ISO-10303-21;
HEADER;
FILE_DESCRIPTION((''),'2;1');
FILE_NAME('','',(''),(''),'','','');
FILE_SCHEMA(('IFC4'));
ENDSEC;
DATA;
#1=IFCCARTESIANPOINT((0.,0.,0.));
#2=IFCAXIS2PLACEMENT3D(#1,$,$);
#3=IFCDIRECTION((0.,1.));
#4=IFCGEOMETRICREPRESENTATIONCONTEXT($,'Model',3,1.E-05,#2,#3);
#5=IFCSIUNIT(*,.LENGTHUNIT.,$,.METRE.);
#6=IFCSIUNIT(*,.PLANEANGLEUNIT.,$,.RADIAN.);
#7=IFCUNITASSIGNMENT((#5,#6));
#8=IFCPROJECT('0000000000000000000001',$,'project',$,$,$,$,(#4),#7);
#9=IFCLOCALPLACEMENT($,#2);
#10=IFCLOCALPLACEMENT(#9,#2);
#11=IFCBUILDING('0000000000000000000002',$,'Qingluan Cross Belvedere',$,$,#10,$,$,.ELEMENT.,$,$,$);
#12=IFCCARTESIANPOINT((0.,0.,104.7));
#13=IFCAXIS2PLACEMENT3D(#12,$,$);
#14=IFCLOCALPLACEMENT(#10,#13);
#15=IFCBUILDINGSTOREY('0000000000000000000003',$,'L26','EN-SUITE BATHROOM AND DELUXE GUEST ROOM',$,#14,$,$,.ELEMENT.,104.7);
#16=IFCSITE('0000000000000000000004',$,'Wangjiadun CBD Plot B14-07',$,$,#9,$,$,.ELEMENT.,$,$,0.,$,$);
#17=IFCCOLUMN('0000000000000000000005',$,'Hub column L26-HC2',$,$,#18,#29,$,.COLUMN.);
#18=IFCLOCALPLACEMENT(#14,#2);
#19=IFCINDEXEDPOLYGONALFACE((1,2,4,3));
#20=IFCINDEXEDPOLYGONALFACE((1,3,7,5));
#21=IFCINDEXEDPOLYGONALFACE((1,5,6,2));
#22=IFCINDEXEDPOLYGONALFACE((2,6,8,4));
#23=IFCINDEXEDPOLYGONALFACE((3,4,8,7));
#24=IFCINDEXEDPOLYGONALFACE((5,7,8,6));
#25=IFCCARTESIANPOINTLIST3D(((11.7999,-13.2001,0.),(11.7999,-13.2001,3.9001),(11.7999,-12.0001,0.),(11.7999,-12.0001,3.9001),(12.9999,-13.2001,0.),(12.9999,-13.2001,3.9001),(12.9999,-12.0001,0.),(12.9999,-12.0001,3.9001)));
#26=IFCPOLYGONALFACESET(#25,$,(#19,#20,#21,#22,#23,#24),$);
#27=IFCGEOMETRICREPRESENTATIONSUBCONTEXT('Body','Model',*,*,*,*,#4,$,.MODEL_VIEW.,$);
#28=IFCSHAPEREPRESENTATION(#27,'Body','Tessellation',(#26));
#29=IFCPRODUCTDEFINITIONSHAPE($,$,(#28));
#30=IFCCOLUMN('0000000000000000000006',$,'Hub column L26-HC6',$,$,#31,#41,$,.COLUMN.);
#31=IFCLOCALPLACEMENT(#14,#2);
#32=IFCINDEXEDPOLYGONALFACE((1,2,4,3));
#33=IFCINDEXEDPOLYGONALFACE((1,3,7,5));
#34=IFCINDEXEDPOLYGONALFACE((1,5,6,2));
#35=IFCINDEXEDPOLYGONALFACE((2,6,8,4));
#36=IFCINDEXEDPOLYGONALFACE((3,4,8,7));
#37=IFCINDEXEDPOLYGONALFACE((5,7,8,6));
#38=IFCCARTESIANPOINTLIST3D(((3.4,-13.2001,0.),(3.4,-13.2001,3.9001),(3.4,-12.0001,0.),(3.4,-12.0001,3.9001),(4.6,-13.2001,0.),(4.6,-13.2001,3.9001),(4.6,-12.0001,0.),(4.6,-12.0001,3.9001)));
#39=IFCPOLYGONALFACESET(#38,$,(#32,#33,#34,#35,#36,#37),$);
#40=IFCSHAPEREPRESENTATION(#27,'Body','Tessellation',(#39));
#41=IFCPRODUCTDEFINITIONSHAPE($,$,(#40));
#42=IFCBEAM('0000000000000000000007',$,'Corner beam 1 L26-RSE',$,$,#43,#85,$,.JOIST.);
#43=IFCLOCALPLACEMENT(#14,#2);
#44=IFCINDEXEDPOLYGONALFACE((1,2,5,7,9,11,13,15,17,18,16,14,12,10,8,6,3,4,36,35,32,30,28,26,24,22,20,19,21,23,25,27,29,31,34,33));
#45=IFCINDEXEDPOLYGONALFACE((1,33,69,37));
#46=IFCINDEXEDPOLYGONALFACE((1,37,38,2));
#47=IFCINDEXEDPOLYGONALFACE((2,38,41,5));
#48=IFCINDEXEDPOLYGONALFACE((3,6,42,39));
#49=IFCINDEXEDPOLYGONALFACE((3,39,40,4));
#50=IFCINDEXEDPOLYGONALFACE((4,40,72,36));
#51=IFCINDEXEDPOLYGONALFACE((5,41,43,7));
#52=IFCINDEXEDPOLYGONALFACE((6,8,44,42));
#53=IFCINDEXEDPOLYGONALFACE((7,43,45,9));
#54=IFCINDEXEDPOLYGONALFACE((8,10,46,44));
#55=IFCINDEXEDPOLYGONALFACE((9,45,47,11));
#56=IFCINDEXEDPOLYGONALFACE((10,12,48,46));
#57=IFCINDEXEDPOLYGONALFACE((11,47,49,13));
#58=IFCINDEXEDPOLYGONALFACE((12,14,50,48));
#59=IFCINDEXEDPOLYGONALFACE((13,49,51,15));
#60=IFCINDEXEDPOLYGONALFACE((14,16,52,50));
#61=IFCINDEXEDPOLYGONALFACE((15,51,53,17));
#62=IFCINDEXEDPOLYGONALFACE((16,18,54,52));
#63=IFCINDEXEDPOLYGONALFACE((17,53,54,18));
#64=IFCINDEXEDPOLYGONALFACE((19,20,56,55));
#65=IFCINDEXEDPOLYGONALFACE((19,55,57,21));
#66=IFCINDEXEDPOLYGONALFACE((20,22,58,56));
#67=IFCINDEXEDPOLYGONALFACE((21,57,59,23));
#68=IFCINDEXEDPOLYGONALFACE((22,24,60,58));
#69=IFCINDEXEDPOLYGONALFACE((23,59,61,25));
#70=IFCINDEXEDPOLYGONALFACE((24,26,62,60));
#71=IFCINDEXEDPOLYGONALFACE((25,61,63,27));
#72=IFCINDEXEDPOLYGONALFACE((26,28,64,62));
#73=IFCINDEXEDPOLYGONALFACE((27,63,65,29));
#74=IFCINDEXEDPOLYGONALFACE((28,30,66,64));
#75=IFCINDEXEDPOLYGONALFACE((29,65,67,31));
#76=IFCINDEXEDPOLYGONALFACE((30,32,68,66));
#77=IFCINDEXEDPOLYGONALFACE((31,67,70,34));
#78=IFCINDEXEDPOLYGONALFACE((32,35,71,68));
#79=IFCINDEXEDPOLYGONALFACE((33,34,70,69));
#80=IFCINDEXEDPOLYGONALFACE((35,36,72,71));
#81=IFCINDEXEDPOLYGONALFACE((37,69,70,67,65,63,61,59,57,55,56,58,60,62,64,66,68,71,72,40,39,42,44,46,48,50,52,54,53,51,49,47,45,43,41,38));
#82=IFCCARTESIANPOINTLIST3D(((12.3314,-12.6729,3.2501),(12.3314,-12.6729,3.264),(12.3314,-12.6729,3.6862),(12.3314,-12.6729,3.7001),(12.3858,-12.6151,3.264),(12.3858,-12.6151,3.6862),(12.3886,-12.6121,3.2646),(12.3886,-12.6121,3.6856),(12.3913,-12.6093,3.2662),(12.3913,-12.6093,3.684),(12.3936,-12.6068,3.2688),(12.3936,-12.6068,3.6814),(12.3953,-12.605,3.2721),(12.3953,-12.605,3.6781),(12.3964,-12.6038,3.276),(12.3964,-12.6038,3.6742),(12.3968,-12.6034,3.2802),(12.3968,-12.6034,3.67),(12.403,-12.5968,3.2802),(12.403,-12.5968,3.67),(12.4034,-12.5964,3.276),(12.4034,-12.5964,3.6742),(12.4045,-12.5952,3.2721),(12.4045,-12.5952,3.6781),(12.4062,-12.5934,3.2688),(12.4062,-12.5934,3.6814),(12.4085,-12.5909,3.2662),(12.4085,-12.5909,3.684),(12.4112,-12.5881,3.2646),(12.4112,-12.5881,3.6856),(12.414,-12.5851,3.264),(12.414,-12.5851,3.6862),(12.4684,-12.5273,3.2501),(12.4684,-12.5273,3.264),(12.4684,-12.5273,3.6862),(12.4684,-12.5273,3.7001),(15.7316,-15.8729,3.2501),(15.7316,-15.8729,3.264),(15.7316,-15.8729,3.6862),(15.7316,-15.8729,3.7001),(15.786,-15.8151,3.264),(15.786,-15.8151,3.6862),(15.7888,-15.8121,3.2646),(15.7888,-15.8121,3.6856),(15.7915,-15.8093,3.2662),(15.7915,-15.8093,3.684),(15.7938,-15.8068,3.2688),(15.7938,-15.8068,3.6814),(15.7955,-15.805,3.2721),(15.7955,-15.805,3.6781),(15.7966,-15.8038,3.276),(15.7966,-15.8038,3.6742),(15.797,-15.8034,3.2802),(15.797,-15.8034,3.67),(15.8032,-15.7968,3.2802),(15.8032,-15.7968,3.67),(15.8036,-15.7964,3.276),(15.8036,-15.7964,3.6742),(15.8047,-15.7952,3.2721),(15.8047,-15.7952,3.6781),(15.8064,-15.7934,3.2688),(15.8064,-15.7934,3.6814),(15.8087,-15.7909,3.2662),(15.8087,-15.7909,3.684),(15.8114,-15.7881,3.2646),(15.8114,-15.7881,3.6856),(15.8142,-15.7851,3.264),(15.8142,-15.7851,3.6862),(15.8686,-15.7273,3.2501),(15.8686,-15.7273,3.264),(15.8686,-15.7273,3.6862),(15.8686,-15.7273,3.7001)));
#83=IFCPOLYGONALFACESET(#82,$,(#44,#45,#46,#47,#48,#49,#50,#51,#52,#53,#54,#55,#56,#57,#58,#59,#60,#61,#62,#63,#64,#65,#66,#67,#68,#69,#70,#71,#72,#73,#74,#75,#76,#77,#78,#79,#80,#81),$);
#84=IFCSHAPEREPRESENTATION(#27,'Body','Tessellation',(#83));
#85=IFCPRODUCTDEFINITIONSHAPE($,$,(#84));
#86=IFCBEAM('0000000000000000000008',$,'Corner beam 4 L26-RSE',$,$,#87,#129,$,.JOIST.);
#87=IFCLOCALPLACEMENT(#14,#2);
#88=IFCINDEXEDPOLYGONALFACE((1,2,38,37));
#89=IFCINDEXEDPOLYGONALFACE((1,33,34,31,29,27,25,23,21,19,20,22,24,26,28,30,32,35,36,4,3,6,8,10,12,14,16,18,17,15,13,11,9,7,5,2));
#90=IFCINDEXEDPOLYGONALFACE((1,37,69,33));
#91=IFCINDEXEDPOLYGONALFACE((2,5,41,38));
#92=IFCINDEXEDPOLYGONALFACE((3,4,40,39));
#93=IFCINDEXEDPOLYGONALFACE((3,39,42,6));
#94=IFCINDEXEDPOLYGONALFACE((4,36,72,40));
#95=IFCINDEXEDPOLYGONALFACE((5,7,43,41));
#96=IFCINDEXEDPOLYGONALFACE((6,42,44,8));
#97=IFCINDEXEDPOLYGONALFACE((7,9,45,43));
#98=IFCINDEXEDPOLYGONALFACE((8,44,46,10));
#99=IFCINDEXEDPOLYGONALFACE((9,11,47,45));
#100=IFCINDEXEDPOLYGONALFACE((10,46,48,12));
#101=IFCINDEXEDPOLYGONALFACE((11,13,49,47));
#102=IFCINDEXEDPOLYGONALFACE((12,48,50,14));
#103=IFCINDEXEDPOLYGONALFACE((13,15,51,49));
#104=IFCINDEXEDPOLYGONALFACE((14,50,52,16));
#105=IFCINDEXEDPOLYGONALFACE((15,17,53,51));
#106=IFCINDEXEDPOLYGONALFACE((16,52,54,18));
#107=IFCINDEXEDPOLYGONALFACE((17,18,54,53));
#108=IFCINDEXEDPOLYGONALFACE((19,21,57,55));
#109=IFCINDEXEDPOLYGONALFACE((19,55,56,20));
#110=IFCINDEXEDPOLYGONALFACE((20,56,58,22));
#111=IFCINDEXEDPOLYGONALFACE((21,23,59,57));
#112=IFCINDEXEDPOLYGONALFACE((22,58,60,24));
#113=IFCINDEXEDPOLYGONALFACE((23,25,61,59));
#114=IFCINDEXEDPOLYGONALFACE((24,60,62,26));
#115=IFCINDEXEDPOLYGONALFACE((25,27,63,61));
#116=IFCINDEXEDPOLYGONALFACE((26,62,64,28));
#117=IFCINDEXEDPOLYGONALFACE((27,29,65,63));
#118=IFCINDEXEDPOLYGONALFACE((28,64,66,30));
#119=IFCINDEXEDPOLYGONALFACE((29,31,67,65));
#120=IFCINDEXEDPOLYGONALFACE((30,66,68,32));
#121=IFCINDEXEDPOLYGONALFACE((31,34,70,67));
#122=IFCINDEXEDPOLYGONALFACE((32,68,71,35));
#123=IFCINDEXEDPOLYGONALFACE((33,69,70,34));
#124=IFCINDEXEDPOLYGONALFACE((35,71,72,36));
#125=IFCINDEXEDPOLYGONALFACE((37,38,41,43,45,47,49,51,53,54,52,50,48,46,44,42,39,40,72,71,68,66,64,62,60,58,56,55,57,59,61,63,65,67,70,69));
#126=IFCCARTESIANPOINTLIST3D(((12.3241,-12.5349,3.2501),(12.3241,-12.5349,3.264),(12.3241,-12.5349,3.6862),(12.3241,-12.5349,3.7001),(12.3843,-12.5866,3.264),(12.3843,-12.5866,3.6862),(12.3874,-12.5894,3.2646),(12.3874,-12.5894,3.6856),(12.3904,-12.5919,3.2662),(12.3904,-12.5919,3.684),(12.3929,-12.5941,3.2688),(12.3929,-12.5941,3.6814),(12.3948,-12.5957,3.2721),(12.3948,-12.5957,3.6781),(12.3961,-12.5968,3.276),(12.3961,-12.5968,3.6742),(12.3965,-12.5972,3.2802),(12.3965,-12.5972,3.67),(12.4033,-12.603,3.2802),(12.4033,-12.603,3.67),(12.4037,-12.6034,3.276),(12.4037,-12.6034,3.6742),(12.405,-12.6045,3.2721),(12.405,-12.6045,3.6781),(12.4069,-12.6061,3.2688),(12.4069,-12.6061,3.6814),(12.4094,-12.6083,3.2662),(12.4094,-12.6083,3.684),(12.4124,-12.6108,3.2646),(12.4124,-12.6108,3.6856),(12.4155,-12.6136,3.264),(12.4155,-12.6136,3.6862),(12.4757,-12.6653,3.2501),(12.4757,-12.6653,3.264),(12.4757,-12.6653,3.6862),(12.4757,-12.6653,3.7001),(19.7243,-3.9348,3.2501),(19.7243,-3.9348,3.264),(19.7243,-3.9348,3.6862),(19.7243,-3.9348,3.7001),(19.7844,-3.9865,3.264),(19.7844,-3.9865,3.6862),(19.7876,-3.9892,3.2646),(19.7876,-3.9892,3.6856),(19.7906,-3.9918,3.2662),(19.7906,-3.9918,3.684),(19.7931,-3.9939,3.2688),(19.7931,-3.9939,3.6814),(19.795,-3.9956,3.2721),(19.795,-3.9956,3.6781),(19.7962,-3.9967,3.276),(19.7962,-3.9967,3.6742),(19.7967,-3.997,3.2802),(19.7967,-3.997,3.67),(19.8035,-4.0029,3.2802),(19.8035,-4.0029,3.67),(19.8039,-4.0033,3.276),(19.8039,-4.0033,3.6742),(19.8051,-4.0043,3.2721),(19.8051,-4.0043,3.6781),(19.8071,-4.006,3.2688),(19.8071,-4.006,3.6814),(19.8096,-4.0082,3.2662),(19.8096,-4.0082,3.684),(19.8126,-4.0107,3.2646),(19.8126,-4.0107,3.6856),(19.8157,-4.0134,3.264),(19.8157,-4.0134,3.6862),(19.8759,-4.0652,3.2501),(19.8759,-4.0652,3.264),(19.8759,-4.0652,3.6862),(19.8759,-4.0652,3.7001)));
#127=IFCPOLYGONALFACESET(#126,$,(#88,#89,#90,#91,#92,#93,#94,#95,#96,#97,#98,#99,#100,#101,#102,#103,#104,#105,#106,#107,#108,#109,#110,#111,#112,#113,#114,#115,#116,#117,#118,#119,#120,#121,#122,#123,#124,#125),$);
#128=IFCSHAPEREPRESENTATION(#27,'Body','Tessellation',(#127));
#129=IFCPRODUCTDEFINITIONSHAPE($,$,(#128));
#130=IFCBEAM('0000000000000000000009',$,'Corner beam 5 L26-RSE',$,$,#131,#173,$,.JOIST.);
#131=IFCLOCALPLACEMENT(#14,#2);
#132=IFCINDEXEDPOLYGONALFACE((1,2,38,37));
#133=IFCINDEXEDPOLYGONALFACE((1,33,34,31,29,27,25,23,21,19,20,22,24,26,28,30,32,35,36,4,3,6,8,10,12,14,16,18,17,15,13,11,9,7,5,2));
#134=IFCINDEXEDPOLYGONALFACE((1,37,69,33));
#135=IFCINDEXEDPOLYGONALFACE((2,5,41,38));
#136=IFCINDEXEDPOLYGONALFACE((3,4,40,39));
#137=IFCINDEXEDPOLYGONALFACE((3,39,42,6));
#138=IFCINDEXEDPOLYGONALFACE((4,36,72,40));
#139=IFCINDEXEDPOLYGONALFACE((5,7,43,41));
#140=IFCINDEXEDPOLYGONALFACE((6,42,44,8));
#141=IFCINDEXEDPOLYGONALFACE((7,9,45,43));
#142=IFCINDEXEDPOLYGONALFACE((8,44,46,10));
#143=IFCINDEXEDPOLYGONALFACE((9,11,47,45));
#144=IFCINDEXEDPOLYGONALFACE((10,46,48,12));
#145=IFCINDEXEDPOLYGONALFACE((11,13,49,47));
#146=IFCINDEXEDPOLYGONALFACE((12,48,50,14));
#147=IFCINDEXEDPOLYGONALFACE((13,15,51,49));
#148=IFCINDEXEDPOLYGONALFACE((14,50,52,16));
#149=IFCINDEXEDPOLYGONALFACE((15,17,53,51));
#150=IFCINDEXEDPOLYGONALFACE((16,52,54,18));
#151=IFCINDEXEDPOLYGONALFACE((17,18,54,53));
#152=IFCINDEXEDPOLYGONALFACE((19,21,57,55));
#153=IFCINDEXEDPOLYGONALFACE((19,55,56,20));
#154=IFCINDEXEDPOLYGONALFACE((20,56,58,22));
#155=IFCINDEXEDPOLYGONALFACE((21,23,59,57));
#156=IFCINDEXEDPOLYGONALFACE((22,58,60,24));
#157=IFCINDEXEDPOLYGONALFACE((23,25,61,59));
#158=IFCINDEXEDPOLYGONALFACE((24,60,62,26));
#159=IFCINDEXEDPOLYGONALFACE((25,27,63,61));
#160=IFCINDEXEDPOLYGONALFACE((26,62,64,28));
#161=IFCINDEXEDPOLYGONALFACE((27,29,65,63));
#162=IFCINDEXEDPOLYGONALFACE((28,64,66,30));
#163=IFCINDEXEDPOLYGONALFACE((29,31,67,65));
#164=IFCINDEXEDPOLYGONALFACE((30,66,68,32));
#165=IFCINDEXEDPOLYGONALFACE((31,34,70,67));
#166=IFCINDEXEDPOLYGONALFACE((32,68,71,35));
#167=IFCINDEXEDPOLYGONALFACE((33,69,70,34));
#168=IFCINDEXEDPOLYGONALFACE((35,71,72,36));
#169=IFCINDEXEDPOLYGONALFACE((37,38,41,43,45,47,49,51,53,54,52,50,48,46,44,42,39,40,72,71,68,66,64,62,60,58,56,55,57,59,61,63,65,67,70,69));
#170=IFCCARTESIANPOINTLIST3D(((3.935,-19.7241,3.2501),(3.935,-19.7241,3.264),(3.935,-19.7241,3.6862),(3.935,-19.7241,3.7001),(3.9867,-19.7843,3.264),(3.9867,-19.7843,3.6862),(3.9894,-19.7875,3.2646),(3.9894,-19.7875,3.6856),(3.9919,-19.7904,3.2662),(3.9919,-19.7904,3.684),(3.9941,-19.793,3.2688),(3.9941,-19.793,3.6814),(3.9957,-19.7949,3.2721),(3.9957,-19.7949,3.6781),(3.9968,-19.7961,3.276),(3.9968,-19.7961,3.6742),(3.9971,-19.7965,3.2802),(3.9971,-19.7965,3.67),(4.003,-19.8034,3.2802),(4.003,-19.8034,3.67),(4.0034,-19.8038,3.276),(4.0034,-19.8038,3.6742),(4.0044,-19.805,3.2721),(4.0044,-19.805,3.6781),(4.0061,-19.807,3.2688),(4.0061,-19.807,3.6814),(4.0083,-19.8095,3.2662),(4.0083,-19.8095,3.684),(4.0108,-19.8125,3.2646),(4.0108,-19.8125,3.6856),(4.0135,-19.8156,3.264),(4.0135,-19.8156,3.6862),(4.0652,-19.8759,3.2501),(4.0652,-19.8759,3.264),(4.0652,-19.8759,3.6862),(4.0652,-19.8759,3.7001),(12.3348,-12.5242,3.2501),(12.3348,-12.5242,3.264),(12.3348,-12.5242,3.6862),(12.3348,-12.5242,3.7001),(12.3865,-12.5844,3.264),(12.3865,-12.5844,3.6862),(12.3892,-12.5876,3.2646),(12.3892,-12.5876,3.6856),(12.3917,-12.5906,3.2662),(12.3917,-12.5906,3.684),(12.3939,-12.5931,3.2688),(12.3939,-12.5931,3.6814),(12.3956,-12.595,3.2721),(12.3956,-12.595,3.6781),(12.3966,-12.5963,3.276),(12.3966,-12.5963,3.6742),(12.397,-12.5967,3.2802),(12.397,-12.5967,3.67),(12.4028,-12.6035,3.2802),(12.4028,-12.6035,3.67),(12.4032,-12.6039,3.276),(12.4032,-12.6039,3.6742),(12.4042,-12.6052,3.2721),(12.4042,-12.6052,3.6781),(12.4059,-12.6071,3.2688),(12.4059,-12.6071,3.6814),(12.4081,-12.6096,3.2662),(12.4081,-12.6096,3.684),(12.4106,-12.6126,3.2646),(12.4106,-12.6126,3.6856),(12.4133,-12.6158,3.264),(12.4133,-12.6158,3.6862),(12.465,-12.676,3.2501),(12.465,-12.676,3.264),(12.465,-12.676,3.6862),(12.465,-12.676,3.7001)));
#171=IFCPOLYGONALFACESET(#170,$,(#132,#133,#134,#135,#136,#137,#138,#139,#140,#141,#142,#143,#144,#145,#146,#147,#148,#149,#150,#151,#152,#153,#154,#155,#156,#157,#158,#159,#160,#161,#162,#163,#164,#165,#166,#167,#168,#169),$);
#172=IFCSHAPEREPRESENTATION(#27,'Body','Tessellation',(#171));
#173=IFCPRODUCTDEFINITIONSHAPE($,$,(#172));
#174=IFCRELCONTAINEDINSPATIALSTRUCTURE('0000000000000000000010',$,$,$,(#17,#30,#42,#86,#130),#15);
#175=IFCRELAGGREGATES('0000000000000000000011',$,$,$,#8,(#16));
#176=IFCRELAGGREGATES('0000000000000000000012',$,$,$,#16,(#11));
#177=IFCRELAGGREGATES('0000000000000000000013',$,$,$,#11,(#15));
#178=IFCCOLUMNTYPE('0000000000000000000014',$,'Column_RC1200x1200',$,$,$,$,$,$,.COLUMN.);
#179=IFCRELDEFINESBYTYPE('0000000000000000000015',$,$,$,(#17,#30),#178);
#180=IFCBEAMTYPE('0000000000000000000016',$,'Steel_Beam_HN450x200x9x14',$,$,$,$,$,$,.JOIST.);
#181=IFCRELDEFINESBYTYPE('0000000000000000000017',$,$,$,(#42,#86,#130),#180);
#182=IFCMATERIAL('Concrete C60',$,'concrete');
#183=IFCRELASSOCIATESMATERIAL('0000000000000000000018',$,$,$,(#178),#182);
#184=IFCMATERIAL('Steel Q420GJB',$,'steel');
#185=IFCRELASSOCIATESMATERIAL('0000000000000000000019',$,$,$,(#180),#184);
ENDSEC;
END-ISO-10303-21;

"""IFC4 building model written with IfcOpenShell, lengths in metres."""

from ifc_helpers import new_model, si_unit, direction, frame, origin, origin_2d, place, context, subcontext, project, spatial, rectangle, i_section, extrude, material, material_profile, profile_set, type_object, element, save


model = new_model("IFC4")

# Units and contexts
model_context = context("Model", 3, precision=1e-05, world=origin(), true_north=direction((0.0, 1.0)))
body_context = subcontext(model_context, "Body", "Model", "MODEL_VIEW")
ifc_project = project(units=[si_unit("LENGTHUNIT", "METRE"), si_unit("PLANEANGLEUNIT", "RADIAN")], contexts=[model_context])

# Site, building, storey
site_placement = place(None, origin())
site = spatial("IfcSite", under=ifc_project, at=site_placement, Name="Wangjiadun CBD Plot B14-07", CompositionType="ELEMENT", RefElevation=0.0)
building_placement = place(site_placement, origin())
building = spatial("IfcBuilding", under=site, at=building_placement, Name="Qingluan Cross Belvedere", CompositionType="ELEMENT")
storey_placement = place(building_placement, frame((0.0, 0.0, 104.7)))
storey = spatial("IfcBuildingStorey", under=building, at=storey_placement, Name="L26", Description="EN-SUITE BATHROOM AND DELUXE GUEST ROOM", CompositionType="ELEMENT", Elevation=104.7)

# Columns
ifc_material_1 = material(Name="Concrete C60", Category="concrete")
ifc_material_profile_1 = material_profile(ifc_material_1, rectangle(XDim=1.2, YDim=1.2, at=origin_2d()), Name="RC1200x1200")
ifc_profile_set_1 = profile_set([ifc_material_profile_1], Name="Concrete C60")
column_type = type_object("IfcColumnType", Name="Column_RC1200x1200", PredefinedType="COLUMN", material=ifc_profile_set_1)
for number, where, z_axis, x_axis, name in (
    (1, (12.3999, -12.6001, 0.0), (0.0, 0.0, 1.0), (1.0, 0.0, 0.0), "Hub column L26-HC2"),
    (2, (4.0, -12.6001, 0.0), (0.0, 0.0, 1.0), (1.0, 0.0, 0.0), "Hub column L26-HC6"),
):
    element("IfcColumn", number, at=place(storey_placement, frame(where, z_axis=z_axis, x_axis=x_axis)), inside=storey, type_object=column_type, Name=name, PredefinedType="COLUMN", context=body_context, shape_type="SweptSolid", body=[
        extrude(rectangle(XDim=1.2, YDim=1.2, at=origin_2d()), origin(), (0.0, 0.0, 1.0), 3.9001),
    ])

# Beams
ifc_material_2 = material(Name="Steel Q420GJB", Category="steel")
ifc_material_profile_2 = material_profile(ifc_material_2, i_section(OverallWidth=0.2, OverallDepth=0.45, WebThickness=0.009, FlangeThickness=0.0139, FilletRadius=0.0161, at=origin_2d()), Name="HN450x200x9x14")
ifc_profile_set_2 = profile_set([ifc_material_profile_2], Name="Steel Q420GJB")
beam_type_1 = type_object("IfcBeamType", Name="Steel_Beam_HN450x200x9x14", PredefinedType="JOIST", material=ifc_profile_set_2)
beam_1_placement = place(storey_placement, frame((12.3999, -12.6001, 3.4751), z_axis=(0.72822, -0.685343, 0.0), x_axis=(0.685343, 0.72822, 0.0)))
element("IfcBeam", 3, at=beam_1_placement, inside=storey, type_object=beam_type_1, Name="Corner beam 1 L26-RSE", PredefinedType="JOIST", context=body_context, shape_type="SweptSolid", body=[
    extrude(i_section(OverallWidth=0.2, OverallDepth=0.45, WebThickness=0.009, FlangeThickness=0.0139, FilletRadius=0.0161, at=origin_2d()), origin(), (0.0, 0.0, 1.0), 4.6692),
])
beam_2_placement = place(storey_placement, frame((12.3999, -12.6001, 3.4751), z_axis=(0.652245, 0.758008, 0.0), x_axis=(-0.758008, 0.652245, 0.0)))
element("IfcBeam", 4, at=beam_2_placement, inside=storey, type_object=beam_type_1, Name="Corner beam 4 L26-RSE", PredefinedType="JOIST", context=body_context, shape_type="SweptSolid", body=[
    extrude(i_section(OverallWidth=0.2, OverallDepth=0.45, WebThickness=0.009, FlangeThickness=0.0139, FilletRadius=0.0161, at=origin_2d()), origin(), (0.0, 0.0, 1.0), 11.3457),
])
beam_3_placement = place(storey_placement, frame((12.3999, -12.6001, 3.4751), z_axis=(-0.759255, -0.650793, 0.0), x_axis=(0.650793, -0.759255, 0.0)))
element("IfcBeam", 5, at=beam_3_placement, inside=storey, type_object=beam_type_1, Name="Corner beam 5 L26-RSE", PredefinedType="JOIST", context=body_context, shape_type="SweptSolid", body=[
    extrude(i_section(OverallWidth=0.2, OverallDepth=0.45, WebThickness=0.009, FlangeThickness=0.0139, FilletRadius=0.0161, at=origin_2d()), origin(), (0.0, 0.0, 1.0), 11.0632),
])

save(model, "model.ifc")
